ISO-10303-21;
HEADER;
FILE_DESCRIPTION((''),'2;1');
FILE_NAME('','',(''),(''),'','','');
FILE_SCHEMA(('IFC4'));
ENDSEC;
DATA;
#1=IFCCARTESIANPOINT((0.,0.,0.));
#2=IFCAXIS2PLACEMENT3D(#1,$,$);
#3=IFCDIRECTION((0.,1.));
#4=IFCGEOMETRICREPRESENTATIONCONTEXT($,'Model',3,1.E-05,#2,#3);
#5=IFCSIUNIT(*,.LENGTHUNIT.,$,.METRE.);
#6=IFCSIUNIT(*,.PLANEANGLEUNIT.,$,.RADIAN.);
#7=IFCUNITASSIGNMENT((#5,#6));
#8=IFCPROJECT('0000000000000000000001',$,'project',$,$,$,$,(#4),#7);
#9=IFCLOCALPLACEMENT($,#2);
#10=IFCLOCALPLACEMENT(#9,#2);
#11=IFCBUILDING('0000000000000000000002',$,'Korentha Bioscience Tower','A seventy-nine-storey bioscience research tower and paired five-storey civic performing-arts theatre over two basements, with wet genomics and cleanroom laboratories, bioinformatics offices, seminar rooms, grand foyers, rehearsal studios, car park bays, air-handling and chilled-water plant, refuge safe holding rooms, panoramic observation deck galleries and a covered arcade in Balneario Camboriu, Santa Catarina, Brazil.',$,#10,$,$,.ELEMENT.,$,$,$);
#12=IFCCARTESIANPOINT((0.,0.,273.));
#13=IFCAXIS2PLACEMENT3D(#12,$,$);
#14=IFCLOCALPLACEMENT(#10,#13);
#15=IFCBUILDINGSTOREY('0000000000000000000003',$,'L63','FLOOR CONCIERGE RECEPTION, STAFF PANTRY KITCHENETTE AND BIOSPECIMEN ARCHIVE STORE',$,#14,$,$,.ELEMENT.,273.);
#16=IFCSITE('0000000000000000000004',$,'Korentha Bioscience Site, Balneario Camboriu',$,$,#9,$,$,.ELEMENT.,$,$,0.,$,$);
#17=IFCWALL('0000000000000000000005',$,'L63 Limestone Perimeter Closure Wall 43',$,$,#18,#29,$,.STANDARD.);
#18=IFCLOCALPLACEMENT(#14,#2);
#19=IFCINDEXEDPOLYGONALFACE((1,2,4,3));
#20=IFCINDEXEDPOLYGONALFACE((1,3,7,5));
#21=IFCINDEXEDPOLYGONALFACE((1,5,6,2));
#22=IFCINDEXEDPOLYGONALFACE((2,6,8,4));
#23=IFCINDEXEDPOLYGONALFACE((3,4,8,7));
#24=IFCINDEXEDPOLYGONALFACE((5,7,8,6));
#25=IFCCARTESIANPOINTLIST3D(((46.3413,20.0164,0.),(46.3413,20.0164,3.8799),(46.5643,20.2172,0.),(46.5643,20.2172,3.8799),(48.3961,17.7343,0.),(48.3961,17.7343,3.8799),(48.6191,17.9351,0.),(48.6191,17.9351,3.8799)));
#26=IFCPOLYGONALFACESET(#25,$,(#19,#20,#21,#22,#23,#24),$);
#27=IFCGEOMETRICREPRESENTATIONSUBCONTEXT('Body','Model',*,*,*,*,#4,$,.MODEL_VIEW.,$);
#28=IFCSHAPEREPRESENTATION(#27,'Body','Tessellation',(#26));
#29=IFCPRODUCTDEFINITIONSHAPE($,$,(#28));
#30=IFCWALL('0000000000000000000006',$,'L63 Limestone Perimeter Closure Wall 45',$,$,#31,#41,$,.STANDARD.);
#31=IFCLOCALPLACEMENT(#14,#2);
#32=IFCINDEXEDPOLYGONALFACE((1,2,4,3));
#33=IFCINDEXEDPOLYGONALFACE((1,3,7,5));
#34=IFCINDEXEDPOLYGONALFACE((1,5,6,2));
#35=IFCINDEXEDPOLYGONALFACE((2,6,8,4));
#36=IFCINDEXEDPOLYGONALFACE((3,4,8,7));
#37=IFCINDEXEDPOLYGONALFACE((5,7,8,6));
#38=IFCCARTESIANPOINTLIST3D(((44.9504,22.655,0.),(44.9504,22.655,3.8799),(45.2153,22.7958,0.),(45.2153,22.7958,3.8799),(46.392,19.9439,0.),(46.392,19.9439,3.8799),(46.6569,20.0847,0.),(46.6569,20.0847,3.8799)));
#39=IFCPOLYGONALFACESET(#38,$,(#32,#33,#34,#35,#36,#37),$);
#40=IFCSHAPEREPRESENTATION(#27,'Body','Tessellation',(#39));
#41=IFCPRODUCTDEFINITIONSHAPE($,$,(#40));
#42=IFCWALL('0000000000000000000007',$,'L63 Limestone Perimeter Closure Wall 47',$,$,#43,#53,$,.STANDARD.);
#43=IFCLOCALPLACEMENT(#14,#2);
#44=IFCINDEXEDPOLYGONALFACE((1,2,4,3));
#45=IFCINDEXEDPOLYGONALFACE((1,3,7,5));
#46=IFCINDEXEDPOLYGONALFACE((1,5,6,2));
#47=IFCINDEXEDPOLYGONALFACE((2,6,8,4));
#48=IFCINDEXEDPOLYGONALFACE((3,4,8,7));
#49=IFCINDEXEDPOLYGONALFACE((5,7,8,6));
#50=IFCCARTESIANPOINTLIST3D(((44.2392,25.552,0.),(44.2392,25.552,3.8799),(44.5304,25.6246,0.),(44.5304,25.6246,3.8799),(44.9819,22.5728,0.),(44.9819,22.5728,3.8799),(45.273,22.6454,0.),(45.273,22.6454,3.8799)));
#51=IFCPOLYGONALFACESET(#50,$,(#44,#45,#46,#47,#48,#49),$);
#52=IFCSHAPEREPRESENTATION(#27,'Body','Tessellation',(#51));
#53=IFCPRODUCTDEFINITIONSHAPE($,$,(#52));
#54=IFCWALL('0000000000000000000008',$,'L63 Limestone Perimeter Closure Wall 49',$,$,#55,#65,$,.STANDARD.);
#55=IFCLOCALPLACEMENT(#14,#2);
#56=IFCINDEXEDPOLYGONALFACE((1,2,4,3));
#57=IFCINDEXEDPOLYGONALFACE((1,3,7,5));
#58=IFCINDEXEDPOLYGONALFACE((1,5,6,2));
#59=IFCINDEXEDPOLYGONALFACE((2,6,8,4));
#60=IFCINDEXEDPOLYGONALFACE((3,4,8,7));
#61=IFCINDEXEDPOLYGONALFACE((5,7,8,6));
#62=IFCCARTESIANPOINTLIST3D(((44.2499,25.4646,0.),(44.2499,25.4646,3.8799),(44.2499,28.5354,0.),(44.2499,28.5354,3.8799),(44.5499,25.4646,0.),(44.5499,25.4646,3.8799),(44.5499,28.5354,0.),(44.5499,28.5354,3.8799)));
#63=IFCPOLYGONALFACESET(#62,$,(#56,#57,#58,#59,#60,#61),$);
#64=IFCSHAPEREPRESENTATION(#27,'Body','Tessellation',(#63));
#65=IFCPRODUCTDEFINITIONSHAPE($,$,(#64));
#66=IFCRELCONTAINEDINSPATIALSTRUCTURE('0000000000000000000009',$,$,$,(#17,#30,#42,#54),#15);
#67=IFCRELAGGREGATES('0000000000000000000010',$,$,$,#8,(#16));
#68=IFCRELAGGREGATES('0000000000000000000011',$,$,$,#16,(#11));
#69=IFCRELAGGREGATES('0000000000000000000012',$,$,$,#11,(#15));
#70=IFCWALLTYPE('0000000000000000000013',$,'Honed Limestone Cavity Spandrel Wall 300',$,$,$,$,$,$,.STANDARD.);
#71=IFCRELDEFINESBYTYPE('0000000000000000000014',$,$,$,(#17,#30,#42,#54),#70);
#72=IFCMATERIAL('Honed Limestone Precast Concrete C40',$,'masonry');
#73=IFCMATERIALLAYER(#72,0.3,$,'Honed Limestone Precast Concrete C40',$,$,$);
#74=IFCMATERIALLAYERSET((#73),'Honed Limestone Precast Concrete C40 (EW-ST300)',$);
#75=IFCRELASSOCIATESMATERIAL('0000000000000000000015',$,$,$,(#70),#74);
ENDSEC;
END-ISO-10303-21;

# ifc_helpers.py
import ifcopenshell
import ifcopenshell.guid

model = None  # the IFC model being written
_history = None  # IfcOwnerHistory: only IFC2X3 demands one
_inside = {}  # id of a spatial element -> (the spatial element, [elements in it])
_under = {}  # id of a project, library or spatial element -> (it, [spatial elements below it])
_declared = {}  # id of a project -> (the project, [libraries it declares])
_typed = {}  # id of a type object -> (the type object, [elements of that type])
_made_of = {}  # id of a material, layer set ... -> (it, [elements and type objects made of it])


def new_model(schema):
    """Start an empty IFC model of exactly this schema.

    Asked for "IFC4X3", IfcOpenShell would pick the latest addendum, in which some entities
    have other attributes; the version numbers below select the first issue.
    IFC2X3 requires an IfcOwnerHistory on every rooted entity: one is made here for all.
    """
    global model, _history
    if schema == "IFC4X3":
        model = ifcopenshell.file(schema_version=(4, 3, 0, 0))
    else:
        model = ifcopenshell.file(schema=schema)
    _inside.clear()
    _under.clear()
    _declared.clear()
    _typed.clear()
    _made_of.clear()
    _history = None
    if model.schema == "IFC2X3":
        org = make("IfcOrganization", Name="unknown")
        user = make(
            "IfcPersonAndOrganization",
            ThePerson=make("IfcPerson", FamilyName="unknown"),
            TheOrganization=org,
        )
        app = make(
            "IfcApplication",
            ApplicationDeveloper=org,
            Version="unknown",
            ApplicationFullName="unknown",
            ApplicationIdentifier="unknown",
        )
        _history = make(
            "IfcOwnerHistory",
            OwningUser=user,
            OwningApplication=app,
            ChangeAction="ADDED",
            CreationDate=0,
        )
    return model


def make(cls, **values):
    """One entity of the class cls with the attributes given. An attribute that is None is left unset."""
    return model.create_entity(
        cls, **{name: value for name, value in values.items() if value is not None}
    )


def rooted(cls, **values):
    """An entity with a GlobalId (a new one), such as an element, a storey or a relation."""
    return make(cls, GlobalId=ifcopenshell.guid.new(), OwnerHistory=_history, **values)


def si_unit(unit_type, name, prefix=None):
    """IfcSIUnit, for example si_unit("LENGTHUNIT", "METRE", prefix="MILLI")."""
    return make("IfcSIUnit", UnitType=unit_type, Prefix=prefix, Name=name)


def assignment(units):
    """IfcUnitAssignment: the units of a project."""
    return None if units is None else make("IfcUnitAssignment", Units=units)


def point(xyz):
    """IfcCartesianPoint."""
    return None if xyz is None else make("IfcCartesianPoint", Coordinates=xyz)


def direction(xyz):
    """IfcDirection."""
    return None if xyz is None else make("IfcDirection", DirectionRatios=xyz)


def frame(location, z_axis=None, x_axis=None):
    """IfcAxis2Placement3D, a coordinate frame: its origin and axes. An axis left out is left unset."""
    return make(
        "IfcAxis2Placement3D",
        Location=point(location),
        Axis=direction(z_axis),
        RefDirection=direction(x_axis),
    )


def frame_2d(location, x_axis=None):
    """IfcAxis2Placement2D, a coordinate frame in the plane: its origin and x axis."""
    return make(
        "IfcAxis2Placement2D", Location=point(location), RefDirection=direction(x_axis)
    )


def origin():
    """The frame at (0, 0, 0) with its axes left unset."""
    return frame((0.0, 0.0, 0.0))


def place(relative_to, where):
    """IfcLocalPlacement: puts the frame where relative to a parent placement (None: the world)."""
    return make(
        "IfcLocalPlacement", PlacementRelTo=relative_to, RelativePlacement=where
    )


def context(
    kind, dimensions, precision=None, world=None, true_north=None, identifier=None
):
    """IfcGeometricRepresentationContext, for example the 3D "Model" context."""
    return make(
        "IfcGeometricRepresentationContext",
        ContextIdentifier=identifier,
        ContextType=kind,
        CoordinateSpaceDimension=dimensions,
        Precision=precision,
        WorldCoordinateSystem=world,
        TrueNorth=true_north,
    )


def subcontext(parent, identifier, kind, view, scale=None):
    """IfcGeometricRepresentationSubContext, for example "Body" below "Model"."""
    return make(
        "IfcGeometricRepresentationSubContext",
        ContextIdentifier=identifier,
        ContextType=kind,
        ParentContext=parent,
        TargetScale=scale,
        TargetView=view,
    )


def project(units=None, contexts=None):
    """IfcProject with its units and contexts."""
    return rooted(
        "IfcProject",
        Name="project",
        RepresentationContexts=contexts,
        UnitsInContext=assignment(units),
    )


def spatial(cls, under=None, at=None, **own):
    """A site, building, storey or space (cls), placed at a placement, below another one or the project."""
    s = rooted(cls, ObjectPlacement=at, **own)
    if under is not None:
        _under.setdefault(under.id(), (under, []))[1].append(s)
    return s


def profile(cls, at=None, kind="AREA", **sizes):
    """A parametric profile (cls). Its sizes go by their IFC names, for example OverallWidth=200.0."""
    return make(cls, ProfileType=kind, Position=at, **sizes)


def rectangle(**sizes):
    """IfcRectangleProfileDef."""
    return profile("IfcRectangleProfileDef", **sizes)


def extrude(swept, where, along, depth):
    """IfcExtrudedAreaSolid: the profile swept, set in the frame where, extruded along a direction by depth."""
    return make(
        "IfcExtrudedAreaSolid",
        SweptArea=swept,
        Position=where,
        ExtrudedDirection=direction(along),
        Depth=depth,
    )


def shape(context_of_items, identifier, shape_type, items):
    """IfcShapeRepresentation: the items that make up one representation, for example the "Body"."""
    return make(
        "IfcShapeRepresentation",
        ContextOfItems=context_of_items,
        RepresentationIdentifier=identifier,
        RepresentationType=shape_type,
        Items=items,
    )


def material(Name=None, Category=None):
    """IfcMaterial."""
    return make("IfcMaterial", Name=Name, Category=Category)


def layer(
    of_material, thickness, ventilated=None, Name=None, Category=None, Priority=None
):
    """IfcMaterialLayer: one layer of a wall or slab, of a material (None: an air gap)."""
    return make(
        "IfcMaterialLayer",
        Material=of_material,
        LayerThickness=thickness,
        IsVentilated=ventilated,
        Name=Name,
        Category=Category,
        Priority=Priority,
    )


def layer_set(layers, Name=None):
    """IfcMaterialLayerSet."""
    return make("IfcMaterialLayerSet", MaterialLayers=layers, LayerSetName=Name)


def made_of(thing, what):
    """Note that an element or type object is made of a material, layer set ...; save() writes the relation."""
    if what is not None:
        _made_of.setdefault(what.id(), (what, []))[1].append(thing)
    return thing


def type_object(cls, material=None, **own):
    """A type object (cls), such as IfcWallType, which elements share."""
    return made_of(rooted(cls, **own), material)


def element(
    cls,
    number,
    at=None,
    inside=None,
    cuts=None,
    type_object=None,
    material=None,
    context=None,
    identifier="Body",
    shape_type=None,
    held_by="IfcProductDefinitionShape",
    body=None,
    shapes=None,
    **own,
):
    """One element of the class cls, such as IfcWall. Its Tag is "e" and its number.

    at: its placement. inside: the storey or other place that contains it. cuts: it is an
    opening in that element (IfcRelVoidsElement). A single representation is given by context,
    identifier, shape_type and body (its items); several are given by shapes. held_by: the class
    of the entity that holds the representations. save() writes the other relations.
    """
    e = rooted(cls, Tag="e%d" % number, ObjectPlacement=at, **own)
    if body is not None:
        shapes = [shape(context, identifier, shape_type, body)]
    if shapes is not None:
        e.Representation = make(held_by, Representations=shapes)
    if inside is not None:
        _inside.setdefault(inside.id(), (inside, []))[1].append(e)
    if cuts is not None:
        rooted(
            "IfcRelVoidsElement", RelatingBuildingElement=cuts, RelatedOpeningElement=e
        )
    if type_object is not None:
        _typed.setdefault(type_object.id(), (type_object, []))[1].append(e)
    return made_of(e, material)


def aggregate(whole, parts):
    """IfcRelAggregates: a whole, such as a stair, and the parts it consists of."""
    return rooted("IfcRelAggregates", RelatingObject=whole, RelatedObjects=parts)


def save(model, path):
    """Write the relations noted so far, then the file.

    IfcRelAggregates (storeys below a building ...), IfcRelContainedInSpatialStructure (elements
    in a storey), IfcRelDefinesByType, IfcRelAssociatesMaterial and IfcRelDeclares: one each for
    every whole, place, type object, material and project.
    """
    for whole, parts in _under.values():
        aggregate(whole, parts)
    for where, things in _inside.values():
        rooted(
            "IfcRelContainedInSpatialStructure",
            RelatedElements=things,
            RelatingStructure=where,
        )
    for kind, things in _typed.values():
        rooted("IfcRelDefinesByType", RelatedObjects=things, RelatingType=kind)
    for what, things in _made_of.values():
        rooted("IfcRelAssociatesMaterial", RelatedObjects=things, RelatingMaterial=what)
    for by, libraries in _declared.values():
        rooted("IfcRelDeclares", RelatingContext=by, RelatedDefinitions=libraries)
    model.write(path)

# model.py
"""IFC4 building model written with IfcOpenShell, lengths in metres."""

from ifc_helpers import new_model, si_unit, direction, frame, frame_2d, origin, place, context, subcontext, project, spatial, rectangle, extrude, material, layer, layer_set, type_object, element, save


model = new_model("IFC4")

# Units and contexts
model_context = context("Model", 3, precision=1e-05, world=origin(), true_north=direction((0.0, 1.0)))
body_context = subcontext(model_context, "Body", "Model", "MODEL_VIEW")
ifc_project = project(units=[si_unit("LENGTHUNIT", "METRE"), si_unit("PLANEANGLEUNIT", "RADIAN")], contexts=[model_context])

# Site, building, storey
site_placement = place(None, origin())
site = spatial("IfcSite", under=ifc_project, at=site_placement, Name="Korentha Bioscience Site, Balneario Camboriu", CompositionType="ELEMENT", RefElevation=0.0)
building_placement = place(site_placement, origin())
building = spatial("IfcBuilding", under=site, at=building_placement, Name="Korentha Bioscience Tower", Description="A seventy-nine-storey bioscience research tower and paired five-storey civic performing-arts theatre over two basements, with wet genomics and cleanroom laboratories, bioinformatics offices, seminar rooms, grand foyers, rehearsal studios, car park bays, air-handling and chilled-water plant, refuge safe holding rooms, panoramic observation deck galleries and a covered arcade in Balneario Camboriu, Santa Catarina, Brazil.", CompositionType="ELEMENT")
storey_placement = place(building_placement, frame((0.0, 0.0, 273.0)))
storey = spatial("IfcBuildingStorey", under=building, at=storey_placement, Name="L63", Description="FLOOR CONCIERGE RECEPTION, STAFF PANTRY KITCHENETTE AND BIOSPECIMEN ARCHIVE STORE", CompositionType="ELEMENT", Elevation=273.0)

# Walls
ifc_material_1 = material(Name="Honed Limestone Precast Concrete C40", Category="masonry")
ifc_layer_1 = layer(ifc_material_1, 0.3, Name="Honed Limestone Precast Concrete C40")
ifc_layer_set_1 = layer_set([ifc_layer_1], Name="Honed Limestone Precast Concrete C40 (EW-ST300)")
wall_type_1 = type_object("IfcWallType", Name="Honed Limestone Cavity Spandrel Wall 300", PredefinedType="STANDARD", material=ifc_layer_set_1)
wall_1_placement = place(storey_placement, frame((48.5076, 17.8347, 0.0), z_axis=(0.0, 0.0, 1.0), x_axis=(-0.669127, 0.743148, 0.0)))
element("IfcWall", 1, at=wall_1_placement, inside=storey, type_object=wall_type_1, Name="L63 Limestone Perimeter Closure Wall 43", PredefinedType="STANDARD", context=body_context, shape_type="SweptSolid", body=[
    extrude(rectangle(XDim=3.0708, YDim=0.3, at=frame_2d((1.5354, 0.0))), origin(), (0.0, 0.0, 1.0), 3.8799),
])
wall_2_placement = place(storey_placement, frame((46.5244, 20.0144, 0.0), z_axis=(0.0, 0.0, 1.0), x_axis=(-0.469494, 0.882936, 0.0)))
element("IfcWall", 2, at=wall_2_placement, inside=storey, type_object=wall_type_1, Name="L63 Limestone Perimeter Closure Wall 45", PredefinedType="STANDARD", context=body_context, shape_type="SweptSolid", body=[
    extrude(rectangle(XDim=3.0706, YDim=0.3, at=frame_2d((1.5352, 0.0))), origin(), (0.0, 0.0, 1.0), 3.8799),
])
wall_3_placement = place(storey_placement, frame((45.1274, 22.6091, 0.0), z_axis=(0.0, 0.0, 1.0), x_axis=(-0.241881, 0.970306, 0.0)))
element("IfcWall", 3, at=wall_3_placement, inside=storey, type_object=wall_type_1, Name="L63 Limestone Perimeter Closure Wall 47", PredefinedType="STANDARD", context=body_context, shape_type="SweptSolid", body=[
    extrude(rectangle(XDim=3.0703, YDim=0.3, at=frame_2d((1.5352, 0.0))), origin(), (0.0, 0.0, 1.0), 3.8799),
])
wall_4_placement = place(storey_placement, frame((44.3999, 25.4646, 0.0), z_axis=(0.0, 0.0, 1.0), x_axis=(0.0, 1.0, 0.0)))
element("IfcWall", 4, at=wall_4_placement, inside=storey, type_object=wall_type_1, Name="L63 Limestone Perimeter Closure Wall 49", PredefinedType="STANDARD", context=body_context, shape_type="SweptSolid", body=[
    extrude(rectangle(XDim=3.0708, YDim=0.3, at=frame_2d((1.5354, 0.0))), origin(), (0.0, 0.0, 1.0), 3.8799),
])

save(model, "model.ifc")
